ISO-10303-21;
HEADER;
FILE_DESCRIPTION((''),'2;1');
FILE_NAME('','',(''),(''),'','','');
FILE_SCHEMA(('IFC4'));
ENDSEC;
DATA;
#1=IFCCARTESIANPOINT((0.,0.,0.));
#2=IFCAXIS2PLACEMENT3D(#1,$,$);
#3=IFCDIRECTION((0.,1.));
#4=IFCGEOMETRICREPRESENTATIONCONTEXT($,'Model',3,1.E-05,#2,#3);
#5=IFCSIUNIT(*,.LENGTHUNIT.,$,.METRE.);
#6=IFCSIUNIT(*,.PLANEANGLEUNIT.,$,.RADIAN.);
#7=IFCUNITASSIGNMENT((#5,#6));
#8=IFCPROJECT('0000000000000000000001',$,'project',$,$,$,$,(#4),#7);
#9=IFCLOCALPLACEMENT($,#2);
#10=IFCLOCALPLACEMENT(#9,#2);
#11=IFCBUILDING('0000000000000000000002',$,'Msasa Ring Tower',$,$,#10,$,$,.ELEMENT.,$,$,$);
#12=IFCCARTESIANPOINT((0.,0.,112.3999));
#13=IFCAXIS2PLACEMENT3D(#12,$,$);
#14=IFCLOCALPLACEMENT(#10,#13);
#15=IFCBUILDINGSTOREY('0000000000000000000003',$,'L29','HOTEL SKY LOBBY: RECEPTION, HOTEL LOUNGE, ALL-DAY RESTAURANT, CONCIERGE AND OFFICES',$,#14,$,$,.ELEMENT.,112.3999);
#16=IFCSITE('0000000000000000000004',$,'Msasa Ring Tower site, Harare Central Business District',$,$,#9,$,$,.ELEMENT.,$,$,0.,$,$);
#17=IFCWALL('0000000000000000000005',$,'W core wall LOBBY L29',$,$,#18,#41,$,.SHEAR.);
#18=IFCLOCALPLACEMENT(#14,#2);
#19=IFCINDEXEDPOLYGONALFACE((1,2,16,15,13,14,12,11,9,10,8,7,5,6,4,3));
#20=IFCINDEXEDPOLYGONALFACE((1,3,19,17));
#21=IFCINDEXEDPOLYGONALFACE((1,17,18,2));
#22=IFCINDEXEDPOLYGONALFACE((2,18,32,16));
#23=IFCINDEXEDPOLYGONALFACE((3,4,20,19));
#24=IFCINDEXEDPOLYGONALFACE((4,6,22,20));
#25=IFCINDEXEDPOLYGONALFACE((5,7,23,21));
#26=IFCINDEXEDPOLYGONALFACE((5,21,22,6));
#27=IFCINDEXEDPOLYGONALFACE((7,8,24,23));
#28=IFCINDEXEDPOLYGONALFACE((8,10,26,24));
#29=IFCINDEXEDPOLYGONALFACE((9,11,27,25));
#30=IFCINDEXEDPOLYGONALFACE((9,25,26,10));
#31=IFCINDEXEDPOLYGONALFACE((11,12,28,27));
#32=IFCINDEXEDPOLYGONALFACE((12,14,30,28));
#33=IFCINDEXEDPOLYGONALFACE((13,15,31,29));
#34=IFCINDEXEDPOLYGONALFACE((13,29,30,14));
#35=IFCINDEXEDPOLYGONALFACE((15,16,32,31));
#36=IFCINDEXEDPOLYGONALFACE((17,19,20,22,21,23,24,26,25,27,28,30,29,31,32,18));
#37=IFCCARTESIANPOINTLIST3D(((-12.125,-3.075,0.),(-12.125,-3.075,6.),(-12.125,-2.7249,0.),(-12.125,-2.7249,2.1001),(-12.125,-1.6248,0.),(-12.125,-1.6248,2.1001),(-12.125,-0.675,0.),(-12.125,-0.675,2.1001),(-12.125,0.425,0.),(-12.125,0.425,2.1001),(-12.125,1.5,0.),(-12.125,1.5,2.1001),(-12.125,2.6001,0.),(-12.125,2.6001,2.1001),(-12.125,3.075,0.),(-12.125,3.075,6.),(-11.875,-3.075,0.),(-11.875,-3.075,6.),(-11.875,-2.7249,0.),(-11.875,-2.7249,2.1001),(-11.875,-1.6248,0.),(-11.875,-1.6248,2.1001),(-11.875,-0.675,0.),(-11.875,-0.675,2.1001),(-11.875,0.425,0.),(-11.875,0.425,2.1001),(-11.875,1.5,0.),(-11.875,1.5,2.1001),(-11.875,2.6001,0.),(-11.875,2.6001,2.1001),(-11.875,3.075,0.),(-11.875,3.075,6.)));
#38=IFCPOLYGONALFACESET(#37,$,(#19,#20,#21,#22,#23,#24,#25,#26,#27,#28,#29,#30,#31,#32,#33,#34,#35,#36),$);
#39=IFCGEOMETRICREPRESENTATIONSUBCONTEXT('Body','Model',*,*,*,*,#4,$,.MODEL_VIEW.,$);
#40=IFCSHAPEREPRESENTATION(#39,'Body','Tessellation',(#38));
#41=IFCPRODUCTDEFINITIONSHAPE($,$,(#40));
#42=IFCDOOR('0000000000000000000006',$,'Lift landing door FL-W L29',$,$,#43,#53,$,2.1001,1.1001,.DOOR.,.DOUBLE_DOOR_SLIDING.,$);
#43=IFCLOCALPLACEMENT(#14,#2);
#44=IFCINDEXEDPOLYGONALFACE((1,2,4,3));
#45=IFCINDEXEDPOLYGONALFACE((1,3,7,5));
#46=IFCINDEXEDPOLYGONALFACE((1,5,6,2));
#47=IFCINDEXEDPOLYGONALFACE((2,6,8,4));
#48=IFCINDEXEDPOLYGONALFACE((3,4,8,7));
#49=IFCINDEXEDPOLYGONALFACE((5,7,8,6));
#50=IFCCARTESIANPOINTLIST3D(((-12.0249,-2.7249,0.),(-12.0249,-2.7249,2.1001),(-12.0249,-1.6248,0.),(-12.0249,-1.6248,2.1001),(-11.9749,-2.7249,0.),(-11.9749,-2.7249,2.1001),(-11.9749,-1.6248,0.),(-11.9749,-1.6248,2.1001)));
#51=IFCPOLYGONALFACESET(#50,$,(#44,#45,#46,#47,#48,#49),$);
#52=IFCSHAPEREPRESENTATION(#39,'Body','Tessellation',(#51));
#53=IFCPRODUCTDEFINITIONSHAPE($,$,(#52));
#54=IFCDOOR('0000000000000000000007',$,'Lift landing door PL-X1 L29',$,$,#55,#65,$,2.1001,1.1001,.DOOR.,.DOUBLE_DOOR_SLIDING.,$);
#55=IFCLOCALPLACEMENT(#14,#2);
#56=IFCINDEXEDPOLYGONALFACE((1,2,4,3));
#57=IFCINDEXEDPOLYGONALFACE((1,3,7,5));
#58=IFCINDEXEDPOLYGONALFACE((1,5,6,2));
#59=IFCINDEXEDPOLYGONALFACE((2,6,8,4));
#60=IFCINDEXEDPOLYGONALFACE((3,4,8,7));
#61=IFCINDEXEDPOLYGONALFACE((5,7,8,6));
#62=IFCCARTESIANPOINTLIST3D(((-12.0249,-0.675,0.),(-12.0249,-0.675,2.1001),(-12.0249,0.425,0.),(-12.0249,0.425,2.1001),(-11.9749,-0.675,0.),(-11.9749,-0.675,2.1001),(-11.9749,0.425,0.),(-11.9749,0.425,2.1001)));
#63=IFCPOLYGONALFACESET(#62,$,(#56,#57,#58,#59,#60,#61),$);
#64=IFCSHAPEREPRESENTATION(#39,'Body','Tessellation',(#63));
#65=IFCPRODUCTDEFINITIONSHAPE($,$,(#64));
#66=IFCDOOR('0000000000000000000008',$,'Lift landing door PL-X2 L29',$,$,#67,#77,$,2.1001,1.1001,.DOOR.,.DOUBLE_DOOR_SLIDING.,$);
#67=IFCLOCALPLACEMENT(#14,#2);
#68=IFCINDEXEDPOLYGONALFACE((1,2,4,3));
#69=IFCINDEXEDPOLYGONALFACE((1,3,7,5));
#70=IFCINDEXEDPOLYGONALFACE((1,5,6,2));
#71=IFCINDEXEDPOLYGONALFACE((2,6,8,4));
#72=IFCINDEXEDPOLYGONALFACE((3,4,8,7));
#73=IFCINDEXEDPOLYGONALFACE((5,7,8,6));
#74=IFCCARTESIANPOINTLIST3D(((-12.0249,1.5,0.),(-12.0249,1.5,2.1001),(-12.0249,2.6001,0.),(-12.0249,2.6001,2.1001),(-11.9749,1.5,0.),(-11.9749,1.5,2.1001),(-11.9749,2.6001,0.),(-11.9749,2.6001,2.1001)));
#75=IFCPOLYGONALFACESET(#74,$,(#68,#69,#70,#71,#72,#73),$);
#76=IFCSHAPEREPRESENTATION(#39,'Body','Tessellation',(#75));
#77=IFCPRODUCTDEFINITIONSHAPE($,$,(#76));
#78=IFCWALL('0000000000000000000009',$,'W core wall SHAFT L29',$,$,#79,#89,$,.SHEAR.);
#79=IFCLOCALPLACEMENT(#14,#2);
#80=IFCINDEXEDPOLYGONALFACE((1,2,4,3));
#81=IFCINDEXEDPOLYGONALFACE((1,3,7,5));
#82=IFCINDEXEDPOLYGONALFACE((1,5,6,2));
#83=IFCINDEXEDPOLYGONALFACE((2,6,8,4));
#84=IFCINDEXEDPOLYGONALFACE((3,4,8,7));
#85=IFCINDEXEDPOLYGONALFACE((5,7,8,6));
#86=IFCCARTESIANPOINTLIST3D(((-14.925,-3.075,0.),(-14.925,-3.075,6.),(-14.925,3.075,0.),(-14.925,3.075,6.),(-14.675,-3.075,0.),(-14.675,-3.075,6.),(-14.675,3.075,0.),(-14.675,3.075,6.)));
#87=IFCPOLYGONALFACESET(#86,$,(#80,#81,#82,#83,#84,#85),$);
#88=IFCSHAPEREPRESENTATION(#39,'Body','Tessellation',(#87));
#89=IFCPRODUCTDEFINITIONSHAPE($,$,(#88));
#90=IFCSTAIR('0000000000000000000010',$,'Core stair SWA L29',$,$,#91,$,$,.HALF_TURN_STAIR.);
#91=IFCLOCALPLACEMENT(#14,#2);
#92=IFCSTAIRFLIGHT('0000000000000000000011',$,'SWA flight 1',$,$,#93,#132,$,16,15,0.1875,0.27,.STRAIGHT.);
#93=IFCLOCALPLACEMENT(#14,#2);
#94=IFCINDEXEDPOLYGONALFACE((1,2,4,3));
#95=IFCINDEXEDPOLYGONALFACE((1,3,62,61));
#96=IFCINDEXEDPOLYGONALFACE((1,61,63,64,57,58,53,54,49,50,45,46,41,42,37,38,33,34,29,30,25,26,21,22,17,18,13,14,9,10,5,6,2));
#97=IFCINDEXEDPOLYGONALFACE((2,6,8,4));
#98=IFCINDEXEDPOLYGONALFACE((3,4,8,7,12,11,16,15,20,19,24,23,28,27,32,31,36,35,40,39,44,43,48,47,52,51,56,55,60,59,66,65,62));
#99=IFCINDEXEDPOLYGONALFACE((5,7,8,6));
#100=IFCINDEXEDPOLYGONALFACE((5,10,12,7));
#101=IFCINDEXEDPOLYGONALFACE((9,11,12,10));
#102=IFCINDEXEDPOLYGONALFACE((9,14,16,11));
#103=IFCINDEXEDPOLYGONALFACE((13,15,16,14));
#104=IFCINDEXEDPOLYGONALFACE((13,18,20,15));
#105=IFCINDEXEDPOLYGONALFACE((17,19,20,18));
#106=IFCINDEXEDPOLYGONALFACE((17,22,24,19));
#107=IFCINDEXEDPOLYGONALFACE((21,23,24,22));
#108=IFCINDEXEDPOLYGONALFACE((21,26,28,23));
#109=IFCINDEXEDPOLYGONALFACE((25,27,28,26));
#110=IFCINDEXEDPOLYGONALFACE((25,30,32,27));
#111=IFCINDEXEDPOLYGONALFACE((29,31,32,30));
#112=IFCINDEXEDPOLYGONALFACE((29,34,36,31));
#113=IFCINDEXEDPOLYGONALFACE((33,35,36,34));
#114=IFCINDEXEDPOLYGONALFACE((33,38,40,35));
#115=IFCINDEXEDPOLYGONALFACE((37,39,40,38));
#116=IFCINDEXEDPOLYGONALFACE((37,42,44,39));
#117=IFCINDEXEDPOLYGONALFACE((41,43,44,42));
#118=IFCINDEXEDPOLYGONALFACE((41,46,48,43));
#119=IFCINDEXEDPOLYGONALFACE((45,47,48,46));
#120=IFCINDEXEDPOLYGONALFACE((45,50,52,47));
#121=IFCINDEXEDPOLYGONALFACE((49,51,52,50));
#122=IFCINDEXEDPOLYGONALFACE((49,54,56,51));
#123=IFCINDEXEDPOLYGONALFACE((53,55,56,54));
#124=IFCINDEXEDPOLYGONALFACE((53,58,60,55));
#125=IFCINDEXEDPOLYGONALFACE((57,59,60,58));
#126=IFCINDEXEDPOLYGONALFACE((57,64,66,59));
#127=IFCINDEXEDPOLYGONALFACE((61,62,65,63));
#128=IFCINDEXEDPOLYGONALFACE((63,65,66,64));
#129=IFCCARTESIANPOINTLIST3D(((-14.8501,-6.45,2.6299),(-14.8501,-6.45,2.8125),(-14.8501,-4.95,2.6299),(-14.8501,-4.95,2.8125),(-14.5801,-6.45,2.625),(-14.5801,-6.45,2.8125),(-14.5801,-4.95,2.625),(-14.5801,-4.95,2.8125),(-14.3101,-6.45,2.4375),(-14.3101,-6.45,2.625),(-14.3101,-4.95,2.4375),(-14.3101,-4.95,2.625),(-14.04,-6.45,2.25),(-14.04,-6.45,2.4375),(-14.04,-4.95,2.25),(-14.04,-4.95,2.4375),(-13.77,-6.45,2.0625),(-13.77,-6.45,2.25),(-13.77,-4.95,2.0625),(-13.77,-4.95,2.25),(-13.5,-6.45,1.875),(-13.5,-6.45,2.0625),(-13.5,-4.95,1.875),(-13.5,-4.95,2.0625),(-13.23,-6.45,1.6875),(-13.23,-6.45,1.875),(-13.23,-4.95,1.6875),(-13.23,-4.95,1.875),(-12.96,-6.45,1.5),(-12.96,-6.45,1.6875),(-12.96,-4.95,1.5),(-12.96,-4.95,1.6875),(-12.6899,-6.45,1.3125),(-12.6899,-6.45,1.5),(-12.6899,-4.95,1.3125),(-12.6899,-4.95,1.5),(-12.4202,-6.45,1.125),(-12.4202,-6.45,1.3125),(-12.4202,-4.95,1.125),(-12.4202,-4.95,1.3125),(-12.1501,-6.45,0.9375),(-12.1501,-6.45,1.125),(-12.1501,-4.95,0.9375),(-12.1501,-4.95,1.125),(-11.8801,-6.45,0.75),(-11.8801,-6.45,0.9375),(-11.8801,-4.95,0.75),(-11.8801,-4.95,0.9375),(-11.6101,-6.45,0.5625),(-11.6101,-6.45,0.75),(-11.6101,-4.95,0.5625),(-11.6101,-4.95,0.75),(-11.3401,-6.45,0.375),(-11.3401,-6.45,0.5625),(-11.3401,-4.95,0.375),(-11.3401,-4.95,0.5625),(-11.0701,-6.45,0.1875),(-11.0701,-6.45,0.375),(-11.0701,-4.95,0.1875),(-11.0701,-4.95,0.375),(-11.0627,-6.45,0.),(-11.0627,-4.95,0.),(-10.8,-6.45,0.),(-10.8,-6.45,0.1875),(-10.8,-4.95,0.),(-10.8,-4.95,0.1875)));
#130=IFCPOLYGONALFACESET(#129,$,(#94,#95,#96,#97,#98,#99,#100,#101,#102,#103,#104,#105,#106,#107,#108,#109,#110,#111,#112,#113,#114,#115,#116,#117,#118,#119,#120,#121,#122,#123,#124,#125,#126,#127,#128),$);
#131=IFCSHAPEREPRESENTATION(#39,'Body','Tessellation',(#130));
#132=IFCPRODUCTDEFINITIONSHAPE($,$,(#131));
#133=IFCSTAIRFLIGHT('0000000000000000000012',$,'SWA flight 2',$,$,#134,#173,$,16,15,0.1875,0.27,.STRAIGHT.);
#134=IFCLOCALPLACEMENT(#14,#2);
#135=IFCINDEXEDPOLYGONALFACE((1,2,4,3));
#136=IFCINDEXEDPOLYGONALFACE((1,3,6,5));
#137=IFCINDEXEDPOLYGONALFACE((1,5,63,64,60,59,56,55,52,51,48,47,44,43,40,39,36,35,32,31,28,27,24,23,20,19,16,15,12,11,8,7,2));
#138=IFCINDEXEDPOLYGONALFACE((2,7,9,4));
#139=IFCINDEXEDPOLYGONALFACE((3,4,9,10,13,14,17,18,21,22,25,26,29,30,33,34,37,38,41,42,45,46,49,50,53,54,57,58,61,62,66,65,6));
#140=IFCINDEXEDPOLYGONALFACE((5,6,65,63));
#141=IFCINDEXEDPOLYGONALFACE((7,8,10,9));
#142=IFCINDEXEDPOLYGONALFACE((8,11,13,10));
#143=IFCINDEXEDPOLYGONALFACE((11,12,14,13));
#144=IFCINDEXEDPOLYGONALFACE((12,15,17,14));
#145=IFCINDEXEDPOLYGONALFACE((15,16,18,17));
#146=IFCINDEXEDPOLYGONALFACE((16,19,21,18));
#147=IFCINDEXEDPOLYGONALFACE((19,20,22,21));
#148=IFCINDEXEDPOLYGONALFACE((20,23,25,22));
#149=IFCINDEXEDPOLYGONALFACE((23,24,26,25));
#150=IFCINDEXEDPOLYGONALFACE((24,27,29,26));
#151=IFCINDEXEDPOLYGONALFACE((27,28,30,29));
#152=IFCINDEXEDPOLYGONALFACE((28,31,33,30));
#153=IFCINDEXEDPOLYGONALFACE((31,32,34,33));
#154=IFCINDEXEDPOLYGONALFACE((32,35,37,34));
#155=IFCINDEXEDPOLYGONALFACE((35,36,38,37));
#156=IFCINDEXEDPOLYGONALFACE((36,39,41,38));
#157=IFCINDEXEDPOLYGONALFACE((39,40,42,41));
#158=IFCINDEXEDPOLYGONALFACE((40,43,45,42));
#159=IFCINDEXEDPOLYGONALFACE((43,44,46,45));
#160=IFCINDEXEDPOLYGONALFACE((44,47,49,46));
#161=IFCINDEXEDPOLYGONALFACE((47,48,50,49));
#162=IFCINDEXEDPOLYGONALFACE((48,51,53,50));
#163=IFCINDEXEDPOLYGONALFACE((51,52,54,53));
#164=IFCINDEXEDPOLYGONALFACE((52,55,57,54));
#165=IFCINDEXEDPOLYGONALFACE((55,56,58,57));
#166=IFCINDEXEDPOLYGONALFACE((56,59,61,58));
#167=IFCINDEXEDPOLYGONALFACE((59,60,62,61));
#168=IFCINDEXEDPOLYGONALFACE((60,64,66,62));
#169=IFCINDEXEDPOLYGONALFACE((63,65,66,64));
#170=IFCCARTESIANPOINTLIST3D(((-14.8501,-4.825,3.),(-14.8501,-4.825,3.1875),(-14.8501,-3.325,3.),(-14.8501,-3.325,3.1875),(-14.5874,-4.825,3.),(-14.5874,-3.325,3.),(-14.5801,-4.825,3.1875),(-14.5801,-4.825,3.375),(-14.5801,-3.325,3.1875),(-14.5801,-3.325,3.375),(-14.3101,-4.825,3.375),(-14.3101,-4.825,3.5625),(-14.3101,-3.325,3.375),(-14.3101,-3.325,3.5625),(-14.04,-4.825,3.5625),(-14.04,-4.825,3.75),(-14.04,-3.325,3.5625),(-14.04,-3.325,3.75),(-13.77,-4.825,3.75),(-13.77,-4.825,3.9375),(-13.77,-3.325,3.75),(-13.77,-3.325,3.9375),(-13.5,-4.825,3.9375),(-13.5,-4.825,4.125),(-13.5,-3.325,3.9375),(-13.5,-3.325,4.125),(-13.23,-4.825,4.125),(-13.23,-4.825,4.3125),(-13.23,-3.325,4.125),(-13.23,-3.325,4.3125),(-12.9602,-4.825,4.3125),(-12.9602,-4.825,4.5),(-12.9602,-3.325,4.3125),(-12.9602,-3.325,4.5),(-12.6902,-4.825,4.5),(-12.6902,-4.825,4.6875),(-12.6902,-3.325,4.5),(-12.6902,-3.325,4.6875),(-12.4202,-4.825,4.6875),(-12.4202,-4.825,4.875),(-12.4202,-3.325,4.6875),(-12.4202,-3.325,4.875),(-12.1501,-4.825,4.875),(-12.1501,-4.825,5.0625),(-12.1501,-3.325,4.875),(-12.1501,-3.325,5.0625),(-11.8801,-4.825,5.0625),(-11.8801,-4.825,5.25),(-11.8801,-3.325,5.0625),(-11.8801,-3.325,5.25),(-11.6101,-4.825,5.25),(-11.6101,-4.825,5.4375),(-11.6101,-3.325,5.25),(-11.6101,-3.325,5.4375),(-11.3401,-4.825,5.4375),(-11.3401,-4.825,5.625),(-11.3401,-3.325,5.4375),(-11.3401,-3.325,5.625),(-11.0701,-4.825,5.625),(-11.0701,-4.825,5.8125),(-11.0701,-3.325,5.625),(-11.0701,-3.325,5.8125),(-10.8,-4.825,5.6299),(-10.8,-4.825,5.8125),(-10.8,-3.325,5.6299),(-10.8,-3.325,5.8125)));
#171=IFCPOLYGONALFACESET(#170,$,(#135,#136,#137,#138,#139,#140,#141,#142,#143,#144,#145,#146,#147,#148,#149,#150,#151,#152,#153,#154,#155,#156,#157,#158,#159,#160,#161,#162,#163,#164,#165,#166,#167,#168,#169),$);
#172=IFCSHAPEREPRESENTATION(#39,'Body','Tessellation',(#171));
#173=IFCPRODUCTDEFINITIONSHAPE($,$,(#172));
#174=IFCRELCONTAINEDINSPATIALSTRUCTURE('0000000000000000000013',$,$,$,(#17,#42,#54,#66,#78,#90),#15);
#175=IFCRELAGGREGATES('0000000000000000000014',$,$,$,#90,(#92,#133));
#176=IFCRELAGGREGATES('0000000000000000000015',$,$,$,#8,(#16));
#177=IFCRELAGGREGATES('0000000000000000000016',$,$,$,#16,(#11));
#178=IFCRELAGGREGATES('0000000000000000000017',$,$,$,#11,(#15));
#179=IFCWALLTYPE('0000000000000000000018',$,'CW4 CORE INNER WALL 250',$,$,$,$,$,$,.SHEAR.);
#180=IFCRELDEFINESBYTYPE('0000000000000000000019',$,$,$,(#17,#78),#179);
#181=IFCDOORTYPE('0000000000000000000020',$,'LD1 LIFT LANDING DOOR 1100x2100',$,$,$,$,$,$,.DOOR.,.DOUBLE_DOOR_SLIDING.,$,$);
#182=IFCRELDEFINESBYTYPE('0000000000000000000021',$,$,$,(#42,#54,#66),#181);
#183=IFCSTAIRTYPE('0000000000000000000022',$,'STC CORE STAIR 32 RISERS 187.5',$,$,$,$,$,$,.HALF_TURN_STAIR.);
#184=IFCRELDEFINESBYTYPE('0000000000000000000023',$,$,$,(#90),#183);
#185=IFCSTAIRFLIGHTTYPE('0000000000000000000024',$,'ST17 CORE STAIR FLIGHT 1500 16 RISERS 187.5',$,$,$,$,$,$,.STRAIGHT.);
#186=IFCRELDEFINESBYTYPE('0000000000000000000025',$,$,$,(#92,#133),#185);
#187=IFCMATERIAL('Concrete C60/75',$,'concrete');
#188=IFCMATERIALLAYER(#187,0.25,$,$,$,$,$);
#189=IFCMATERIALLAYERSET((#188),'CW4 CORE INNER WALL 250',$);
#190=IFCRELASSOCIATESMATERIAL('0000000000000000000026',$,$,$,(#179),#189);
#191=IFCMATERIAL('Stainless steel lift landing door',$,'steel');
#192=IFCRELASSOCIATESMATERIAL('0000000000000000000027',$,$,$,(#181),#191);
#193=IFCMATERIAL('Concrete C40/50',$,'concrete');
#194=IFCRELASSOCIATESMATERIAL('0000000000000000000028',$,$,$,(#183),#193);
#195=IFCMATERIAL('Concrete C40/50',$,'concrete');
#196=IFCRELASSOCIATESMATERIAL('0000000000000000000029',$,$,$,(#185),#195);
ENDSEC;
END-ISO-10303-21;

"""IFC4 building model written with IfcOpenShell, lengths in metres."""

from ifc_helpers import new_model, si_unit, direction, frame, frame_2d, origin, place, context, subcontext, project, spatial, polyline, rectangle, outline, extrude, material, layer, layer_set, type_object, element, fill, aggregate, save


model = new_model("IFC4")

# Units and contexts
model_context = context("Model", 3, precision=1e-05, world=origin(), true_north=direction((0.0, 1.0)))
body_context = subcontext(model_context, "Body", "Model", "MODEL_VIEW")
ifc_project = project(units=[si_unit("LENGTHUNIT", "METRE"), si_unit("PLANEANGLEUNIT", "RADIAN")], contexts=[model_context])

# Site, building, storey
site_placement = place(None, origin())
site = spatial("IfcSite", under=ifc_project, at=site_placement, Name="Msasa Ring Tower site, Harare Central Business District", CompositionType="ELEMENT", RefElevation=0.0)
building_placement = place(site_placement, origin())
building = spatial("IfcBuilding", under=site, at=building_placement, Name="Msasa Ring Tower", CompositionType="ELEMENT")
storey_placement = place(building_placement, frame((0.0, 0.0, 112.3999)))
storey = spatial("IfcBuildingStorey", under=building, at=storey_placement, Name="L29", Description="HOTEL SKY LOBBY: RECEPTION, HOTEL LOUNGE, ALL-DAY RESTAURANT, CONCIERGE AND OFFICES", CompositionType="ELEMENT", Elevation=112.3999)

# Shared definitions
ifc_material_1 = material(Name="Concrete C60/75", Category="concrete")
ifc_layer_1 = layer(ifc_material_1, 0.25)
ifc_layer_set_1 = layer_set([ifc_layer_1], Name="CW4 CORE INNER WALL 250")
wall_type_1 = type_object("IfcWallType", Name="CW4 CORE INNER WALL 250", PredefinedType="SHEAR", material=ifc_layer_set_1)

# Wall, openings, doors
wall_1_placement = place(storey_placement, frame((-12.0, -3.075, 0.0), z_axis=(0.0, 0.0, 1.0), x_axis=(0.0, 1.0, 0.0)))
wall_1 = element("IfcWall", 1, at=wall_1_placement, inside=storey, type_object=wall_type_1, Name="W core wall LOBBY L29", PredefinedType="SHEAR", context=body_context, shape_type="SweptSolid", body=[
    extrude(rectangle(XDim=6.1499, YDim=0.25, at=frame_2d((3.075, 0.0))), origin(), (0.0, 0.0, 1.0), 6.0),
])
opening_1_placement = place(wall_1_placement, frame((0.3501, 0.0, 0.0)))
opening_1 = element("IfcOpeningElement", 2, at=opening_1_placement, cuts=wall_1, PredefinedType="OPENING", context=body_context, shape_type="SweptSolid", body=[
    extrude(rectangle(XDim=1.1001, YDim=2.1001, at=frame_2d((0.55, 1.05))), frame((0.0, 0.135, 0.0), z_axis=(0.0, -1.0, 0.0), x_axis=(1.0, 0.0, 0.0)), (0.0, 0.0, 1.0), 0.27),
])
opening_2_placement = place(wall_1_placement, frame((2.3999, 0.0, 0.0)))
opening_2 = element("IfcOpeningElement", 3, at=opening_2_placement, cuts=wall_1, PredefinedType="OPENING", context=body_context, shape_type="SweptSolid", body=[
    extrude(rectangle(XDim=1.1001, YDim=2.1001, at=frame_2d((0.55, 1.05))), frame((0.0, 0.135, 0.0), z_axis=(0.0, -1.0, 0.0), x_axis=(1.0, 0.0, 0.0)), (0.0, 0.0, 1.0), 0.27),
])
opening_3_placement = place(wall_1_placement, frame((4.575, 0.0, 0.0)))
opening_3 = element("IfcOpeningElement", 4, at=opening_3_placement, cuts=wall_1, PredefinedType="OPENING", context=body_context, shape_type="SweptSolid", body=[
    extrude(rectangle(XDim=1.1001, YDim=2.1001, at=frame_2d((0.55, 1.05))), frame((0.0, 0.135, 0.0), z_axis=(0.0, -1.0, 0.0), x_axis=(1.0, 0.0, 0.0)), (0.0, 0.0, 1.0), 0.27),
])
ifc_material_2 = material(Name="Stainless steel lift landing door", Category="steel")
door_type_1 = type_object("IfcDoorType", Name="LD1 LIFT LANDING DOOR 1100x2100", OperationType="DOUBLE_DOOR_SLIDING", PredefinedType="DOOR", material=ifc_material_2)
door_1_placement = place(opening_1_placement, origin())
door_1 = element("IfcDoor", 5, at=door_1_placement, inside=storey, type_object=door_type_1, Name="Lift landing door FL-W L29", OperationType="DOUBLE_DOOR_SLIDING", OverallHeight=2.1001, OverallWidth=1.1001, PredefinedType="DOOR", context=body_context, shape_type="SweptSolid", body=[
    extrude(rectangle(XDim=1.1001, YDim=2.1001, at=frame_2d((0.55, 1.05))), frame((0.0, 0.0249, 0.0), z_axis=(0.0, -1.0, 0.0), x_axis=(1.0, 0.0, 0.0)), (0.0, 0.0, 1.0), 0.05),
])
fill(opening_1, door_1)
door_2_placement = place(opening_2_placement, origin())
door_2 = element("IfcDoor", 6, at=door_2_placement, inside=storey, type_object=door_type_1, Name="Lift landing door PL-X1 L29", OperationType="DOUBLE_DOOR_SLIDING", OverallHeight=2.1001, OverallWidth=1.1001, PredefinedType="DOOR", context=body_context, shape_type="SweptSolid", body=[
    extrude(rectangle(XDim=1.1001, YDim=2.1001, at=frame_2d((0.55, 1.05))), frame((0.0, 0.0249, 0.0), z_axis=(0.0, -1.0, 0.0), x_axis=(1.0, 0.0, 0.0)), (0.0, 0.0, 1.0), 0.05),
])
fill(opening_2, door_2)
door_3_placement = place(opening_3_placement, origin())
door_3 = element("IfcDoor", 7, at=door_3_placement, inside=storey, type_object=door_type_1, Name="Lift landing door PL-X2 L29", OperationType="DOUBLE_DOOR_SLIDING", OverallHeight=2.1001, OverallWidth=1.1001, PredefinedType="DOOR", context=body_context, shape_type="SweptSolid", body=[
    extrude(rectangle(XDim=1.1001, YDim=2.1001, at=frame_2d((0.55, 1.05))), frame((0.0, 0.0249, 0.0), z_axis=(0.0, -1.0, 0.0), x_axis=(1.0, 0.0, 0.0)), (0.0, 0.0, 1.0), 0.05),
])
fill(opening_3, door_3)

# Wall
wall_2_placement = place(storey_placement, frame((-14.8, -3.075, 0.0), z_axis=(0.0, 0.0, 1.0), x_axis=(0.0, 1.0, 0.0)))
element("IfcWall", 8, at=wall_2_placement, inside=storey, type_object=wall_type_1, Name="W core wall SHAFT L29", PredefinedType="SHEAR", context=body_context, shape_type="SweptSolid", body=[
    extrude(rectangle(XDim=6.1499, YDim=0.25, at=frame_2d((3.075, 0.0))), origin(), (0.0, 0.0, 1.0), 6.0),
])

# Stair, stair flights
ifc_material_3 = material(Name="Concrete C40/50", Category="concrete")
stair_type = type_object("IfcStairType", Name="STC CORE STAIR 32 RISERS 187.5", PredefinedType="HALF_TURN_STAIR", material=ifc_material_3)
stair_placement = place(storey_placement, origin())
stair = element("IfcStair", 9, at=stair_placement, inside=storey, type_object=stair_type, Name="Core stair SWA L29", PredefinedType="HALF_TURN_STAIR")
ifc_material_4 = material(Name="Concrete C40/50", Category="concrete")
stair_flight_type = type_object("IfcStairFlightType", Name="ST17 CORE STAIR FLIGHT 1500 16 RISERS 187.5", PredefinedType="STRAIGHT", material=ifc_material_4)
stair_flight_1_placement = place(storey_placement, frame((-10.8, -5.7, 0.0), z_axis=(0.0, 0.0, 1.0), x_axis=(-1.0, 0.0, 0.0)))
stair_flight_1 = element("IfcStairFlight", 10, at=stair_flight_1_placement, type_object=stair_flight_type, Name="SWA flight 1", NumberOfRisers=16, NumberOfTreads=15, PredefinedType="STRAIGHT", RiserHeight=0.1875, TreadLength=0.27, context=body_context, shape_type="SweptSolid", body=[
    extrude(outline(polyline([(0.0, 0.0), (0.0, 0.1875), (0.27, 0.1875), (0.27, 0.375), (0.54, 0.375), (0.54, 0.5625), (0.8101, 0.5625), (0.8101, 0.75), (1.0801, 0.75), (1.0801, 0.9375), (1.3501, 0.9375), (1.3501, 1.125), (1.6201, 1.125), (1.6201, 1.3125), (1.8899, 1.3125), (1.8899, 1.5), (2.1599, 1.5), (2.1599, 1.6875), (2.4299, 1.6875), (2.4299, 1.875), (2.7, 1.875), (2.7, 2.0625), (2.97, 2.0625), (2.97, 2.25), (3.24, 2.25), (3.24, 2.4375), (3.51, 2.4375), (3.51, 2.625), (3.78, 2.625), (3.78, 2.8125), (4.05, 2.8125), (4.05, 3.0), (4.05, 2.6299), (0.2627, 0.0), (0.0, 0.0)])), frame((0.0, 0.75, 0.0), z_axis=(0.0, -1.0, 0.0), x_axis=(1.0, 0.0, 0.0)), (0.0, 0.0, 1.0), 1.5),
])
stair_flight_2_placement = place(storey_placement, frame((-14.8501, -4.075, 3.0), z_axis=(0.0, 0.0, 1.0), x_axis=(1.0, 0.0, 0.0)))
stair_flight_2 = element("IfcStairFlight", 11, at=stair_flight_2_placement, type_object=stair_flight_type, Name="SWA flight 2", NumberOfRisers=16, NumberOfTreads=15, PredefinedType="STRAIGHT", RiserHeight=0.1875, TreadLength=0.27, context=body_context, shape_type="SweptSolid", body=[
    extrude(outline(polyline([(0.0, 0.0), (0.0, 0.1875), (0.27, 0.1875), (0.27, 0.375), (0.54, 0.375), (0.54, 0.5625), (0.8101, 0.5625), (0.8101, 0.75), (1.0801, 0.75), (1.0801, 0.9375), (1.3501, 0.9375), (1.3501, 1.125), (1.6201, 1.125), (1.6201, 1.3125), (1.8899, 1.3125), (1.8899, 1.5), (2.1599, 1.5), (2.1599, 1.6875), (2.4299, 1.6875), (2.4299, 1.875), (2.7, 1.875), (2.7, 2.0625), (2.97, 2.0625), (2.97, 2.25), (3.24, 2.25), (3.24, 2.4375), (3.51, 2.4375), (3.51, 2.625), (3.78, 2.625), (3.78, 2.8125), (4.05, 2.8125), (4.05, 3.0), (4.05, 2.6299), (0.2627, 0.0), (0.0, 0.0)])), frame((0.0, 0.75, 0.0), z_axis=(0.0, -1.0, 0.0), x_axis=(1.0, 0.0, 0.0)), (0.0, 0.0, 1.0), 1.5),
])
aggregate(stair, [stair_flight_1, stair_flight_2])

save(model, "model.ifc")
